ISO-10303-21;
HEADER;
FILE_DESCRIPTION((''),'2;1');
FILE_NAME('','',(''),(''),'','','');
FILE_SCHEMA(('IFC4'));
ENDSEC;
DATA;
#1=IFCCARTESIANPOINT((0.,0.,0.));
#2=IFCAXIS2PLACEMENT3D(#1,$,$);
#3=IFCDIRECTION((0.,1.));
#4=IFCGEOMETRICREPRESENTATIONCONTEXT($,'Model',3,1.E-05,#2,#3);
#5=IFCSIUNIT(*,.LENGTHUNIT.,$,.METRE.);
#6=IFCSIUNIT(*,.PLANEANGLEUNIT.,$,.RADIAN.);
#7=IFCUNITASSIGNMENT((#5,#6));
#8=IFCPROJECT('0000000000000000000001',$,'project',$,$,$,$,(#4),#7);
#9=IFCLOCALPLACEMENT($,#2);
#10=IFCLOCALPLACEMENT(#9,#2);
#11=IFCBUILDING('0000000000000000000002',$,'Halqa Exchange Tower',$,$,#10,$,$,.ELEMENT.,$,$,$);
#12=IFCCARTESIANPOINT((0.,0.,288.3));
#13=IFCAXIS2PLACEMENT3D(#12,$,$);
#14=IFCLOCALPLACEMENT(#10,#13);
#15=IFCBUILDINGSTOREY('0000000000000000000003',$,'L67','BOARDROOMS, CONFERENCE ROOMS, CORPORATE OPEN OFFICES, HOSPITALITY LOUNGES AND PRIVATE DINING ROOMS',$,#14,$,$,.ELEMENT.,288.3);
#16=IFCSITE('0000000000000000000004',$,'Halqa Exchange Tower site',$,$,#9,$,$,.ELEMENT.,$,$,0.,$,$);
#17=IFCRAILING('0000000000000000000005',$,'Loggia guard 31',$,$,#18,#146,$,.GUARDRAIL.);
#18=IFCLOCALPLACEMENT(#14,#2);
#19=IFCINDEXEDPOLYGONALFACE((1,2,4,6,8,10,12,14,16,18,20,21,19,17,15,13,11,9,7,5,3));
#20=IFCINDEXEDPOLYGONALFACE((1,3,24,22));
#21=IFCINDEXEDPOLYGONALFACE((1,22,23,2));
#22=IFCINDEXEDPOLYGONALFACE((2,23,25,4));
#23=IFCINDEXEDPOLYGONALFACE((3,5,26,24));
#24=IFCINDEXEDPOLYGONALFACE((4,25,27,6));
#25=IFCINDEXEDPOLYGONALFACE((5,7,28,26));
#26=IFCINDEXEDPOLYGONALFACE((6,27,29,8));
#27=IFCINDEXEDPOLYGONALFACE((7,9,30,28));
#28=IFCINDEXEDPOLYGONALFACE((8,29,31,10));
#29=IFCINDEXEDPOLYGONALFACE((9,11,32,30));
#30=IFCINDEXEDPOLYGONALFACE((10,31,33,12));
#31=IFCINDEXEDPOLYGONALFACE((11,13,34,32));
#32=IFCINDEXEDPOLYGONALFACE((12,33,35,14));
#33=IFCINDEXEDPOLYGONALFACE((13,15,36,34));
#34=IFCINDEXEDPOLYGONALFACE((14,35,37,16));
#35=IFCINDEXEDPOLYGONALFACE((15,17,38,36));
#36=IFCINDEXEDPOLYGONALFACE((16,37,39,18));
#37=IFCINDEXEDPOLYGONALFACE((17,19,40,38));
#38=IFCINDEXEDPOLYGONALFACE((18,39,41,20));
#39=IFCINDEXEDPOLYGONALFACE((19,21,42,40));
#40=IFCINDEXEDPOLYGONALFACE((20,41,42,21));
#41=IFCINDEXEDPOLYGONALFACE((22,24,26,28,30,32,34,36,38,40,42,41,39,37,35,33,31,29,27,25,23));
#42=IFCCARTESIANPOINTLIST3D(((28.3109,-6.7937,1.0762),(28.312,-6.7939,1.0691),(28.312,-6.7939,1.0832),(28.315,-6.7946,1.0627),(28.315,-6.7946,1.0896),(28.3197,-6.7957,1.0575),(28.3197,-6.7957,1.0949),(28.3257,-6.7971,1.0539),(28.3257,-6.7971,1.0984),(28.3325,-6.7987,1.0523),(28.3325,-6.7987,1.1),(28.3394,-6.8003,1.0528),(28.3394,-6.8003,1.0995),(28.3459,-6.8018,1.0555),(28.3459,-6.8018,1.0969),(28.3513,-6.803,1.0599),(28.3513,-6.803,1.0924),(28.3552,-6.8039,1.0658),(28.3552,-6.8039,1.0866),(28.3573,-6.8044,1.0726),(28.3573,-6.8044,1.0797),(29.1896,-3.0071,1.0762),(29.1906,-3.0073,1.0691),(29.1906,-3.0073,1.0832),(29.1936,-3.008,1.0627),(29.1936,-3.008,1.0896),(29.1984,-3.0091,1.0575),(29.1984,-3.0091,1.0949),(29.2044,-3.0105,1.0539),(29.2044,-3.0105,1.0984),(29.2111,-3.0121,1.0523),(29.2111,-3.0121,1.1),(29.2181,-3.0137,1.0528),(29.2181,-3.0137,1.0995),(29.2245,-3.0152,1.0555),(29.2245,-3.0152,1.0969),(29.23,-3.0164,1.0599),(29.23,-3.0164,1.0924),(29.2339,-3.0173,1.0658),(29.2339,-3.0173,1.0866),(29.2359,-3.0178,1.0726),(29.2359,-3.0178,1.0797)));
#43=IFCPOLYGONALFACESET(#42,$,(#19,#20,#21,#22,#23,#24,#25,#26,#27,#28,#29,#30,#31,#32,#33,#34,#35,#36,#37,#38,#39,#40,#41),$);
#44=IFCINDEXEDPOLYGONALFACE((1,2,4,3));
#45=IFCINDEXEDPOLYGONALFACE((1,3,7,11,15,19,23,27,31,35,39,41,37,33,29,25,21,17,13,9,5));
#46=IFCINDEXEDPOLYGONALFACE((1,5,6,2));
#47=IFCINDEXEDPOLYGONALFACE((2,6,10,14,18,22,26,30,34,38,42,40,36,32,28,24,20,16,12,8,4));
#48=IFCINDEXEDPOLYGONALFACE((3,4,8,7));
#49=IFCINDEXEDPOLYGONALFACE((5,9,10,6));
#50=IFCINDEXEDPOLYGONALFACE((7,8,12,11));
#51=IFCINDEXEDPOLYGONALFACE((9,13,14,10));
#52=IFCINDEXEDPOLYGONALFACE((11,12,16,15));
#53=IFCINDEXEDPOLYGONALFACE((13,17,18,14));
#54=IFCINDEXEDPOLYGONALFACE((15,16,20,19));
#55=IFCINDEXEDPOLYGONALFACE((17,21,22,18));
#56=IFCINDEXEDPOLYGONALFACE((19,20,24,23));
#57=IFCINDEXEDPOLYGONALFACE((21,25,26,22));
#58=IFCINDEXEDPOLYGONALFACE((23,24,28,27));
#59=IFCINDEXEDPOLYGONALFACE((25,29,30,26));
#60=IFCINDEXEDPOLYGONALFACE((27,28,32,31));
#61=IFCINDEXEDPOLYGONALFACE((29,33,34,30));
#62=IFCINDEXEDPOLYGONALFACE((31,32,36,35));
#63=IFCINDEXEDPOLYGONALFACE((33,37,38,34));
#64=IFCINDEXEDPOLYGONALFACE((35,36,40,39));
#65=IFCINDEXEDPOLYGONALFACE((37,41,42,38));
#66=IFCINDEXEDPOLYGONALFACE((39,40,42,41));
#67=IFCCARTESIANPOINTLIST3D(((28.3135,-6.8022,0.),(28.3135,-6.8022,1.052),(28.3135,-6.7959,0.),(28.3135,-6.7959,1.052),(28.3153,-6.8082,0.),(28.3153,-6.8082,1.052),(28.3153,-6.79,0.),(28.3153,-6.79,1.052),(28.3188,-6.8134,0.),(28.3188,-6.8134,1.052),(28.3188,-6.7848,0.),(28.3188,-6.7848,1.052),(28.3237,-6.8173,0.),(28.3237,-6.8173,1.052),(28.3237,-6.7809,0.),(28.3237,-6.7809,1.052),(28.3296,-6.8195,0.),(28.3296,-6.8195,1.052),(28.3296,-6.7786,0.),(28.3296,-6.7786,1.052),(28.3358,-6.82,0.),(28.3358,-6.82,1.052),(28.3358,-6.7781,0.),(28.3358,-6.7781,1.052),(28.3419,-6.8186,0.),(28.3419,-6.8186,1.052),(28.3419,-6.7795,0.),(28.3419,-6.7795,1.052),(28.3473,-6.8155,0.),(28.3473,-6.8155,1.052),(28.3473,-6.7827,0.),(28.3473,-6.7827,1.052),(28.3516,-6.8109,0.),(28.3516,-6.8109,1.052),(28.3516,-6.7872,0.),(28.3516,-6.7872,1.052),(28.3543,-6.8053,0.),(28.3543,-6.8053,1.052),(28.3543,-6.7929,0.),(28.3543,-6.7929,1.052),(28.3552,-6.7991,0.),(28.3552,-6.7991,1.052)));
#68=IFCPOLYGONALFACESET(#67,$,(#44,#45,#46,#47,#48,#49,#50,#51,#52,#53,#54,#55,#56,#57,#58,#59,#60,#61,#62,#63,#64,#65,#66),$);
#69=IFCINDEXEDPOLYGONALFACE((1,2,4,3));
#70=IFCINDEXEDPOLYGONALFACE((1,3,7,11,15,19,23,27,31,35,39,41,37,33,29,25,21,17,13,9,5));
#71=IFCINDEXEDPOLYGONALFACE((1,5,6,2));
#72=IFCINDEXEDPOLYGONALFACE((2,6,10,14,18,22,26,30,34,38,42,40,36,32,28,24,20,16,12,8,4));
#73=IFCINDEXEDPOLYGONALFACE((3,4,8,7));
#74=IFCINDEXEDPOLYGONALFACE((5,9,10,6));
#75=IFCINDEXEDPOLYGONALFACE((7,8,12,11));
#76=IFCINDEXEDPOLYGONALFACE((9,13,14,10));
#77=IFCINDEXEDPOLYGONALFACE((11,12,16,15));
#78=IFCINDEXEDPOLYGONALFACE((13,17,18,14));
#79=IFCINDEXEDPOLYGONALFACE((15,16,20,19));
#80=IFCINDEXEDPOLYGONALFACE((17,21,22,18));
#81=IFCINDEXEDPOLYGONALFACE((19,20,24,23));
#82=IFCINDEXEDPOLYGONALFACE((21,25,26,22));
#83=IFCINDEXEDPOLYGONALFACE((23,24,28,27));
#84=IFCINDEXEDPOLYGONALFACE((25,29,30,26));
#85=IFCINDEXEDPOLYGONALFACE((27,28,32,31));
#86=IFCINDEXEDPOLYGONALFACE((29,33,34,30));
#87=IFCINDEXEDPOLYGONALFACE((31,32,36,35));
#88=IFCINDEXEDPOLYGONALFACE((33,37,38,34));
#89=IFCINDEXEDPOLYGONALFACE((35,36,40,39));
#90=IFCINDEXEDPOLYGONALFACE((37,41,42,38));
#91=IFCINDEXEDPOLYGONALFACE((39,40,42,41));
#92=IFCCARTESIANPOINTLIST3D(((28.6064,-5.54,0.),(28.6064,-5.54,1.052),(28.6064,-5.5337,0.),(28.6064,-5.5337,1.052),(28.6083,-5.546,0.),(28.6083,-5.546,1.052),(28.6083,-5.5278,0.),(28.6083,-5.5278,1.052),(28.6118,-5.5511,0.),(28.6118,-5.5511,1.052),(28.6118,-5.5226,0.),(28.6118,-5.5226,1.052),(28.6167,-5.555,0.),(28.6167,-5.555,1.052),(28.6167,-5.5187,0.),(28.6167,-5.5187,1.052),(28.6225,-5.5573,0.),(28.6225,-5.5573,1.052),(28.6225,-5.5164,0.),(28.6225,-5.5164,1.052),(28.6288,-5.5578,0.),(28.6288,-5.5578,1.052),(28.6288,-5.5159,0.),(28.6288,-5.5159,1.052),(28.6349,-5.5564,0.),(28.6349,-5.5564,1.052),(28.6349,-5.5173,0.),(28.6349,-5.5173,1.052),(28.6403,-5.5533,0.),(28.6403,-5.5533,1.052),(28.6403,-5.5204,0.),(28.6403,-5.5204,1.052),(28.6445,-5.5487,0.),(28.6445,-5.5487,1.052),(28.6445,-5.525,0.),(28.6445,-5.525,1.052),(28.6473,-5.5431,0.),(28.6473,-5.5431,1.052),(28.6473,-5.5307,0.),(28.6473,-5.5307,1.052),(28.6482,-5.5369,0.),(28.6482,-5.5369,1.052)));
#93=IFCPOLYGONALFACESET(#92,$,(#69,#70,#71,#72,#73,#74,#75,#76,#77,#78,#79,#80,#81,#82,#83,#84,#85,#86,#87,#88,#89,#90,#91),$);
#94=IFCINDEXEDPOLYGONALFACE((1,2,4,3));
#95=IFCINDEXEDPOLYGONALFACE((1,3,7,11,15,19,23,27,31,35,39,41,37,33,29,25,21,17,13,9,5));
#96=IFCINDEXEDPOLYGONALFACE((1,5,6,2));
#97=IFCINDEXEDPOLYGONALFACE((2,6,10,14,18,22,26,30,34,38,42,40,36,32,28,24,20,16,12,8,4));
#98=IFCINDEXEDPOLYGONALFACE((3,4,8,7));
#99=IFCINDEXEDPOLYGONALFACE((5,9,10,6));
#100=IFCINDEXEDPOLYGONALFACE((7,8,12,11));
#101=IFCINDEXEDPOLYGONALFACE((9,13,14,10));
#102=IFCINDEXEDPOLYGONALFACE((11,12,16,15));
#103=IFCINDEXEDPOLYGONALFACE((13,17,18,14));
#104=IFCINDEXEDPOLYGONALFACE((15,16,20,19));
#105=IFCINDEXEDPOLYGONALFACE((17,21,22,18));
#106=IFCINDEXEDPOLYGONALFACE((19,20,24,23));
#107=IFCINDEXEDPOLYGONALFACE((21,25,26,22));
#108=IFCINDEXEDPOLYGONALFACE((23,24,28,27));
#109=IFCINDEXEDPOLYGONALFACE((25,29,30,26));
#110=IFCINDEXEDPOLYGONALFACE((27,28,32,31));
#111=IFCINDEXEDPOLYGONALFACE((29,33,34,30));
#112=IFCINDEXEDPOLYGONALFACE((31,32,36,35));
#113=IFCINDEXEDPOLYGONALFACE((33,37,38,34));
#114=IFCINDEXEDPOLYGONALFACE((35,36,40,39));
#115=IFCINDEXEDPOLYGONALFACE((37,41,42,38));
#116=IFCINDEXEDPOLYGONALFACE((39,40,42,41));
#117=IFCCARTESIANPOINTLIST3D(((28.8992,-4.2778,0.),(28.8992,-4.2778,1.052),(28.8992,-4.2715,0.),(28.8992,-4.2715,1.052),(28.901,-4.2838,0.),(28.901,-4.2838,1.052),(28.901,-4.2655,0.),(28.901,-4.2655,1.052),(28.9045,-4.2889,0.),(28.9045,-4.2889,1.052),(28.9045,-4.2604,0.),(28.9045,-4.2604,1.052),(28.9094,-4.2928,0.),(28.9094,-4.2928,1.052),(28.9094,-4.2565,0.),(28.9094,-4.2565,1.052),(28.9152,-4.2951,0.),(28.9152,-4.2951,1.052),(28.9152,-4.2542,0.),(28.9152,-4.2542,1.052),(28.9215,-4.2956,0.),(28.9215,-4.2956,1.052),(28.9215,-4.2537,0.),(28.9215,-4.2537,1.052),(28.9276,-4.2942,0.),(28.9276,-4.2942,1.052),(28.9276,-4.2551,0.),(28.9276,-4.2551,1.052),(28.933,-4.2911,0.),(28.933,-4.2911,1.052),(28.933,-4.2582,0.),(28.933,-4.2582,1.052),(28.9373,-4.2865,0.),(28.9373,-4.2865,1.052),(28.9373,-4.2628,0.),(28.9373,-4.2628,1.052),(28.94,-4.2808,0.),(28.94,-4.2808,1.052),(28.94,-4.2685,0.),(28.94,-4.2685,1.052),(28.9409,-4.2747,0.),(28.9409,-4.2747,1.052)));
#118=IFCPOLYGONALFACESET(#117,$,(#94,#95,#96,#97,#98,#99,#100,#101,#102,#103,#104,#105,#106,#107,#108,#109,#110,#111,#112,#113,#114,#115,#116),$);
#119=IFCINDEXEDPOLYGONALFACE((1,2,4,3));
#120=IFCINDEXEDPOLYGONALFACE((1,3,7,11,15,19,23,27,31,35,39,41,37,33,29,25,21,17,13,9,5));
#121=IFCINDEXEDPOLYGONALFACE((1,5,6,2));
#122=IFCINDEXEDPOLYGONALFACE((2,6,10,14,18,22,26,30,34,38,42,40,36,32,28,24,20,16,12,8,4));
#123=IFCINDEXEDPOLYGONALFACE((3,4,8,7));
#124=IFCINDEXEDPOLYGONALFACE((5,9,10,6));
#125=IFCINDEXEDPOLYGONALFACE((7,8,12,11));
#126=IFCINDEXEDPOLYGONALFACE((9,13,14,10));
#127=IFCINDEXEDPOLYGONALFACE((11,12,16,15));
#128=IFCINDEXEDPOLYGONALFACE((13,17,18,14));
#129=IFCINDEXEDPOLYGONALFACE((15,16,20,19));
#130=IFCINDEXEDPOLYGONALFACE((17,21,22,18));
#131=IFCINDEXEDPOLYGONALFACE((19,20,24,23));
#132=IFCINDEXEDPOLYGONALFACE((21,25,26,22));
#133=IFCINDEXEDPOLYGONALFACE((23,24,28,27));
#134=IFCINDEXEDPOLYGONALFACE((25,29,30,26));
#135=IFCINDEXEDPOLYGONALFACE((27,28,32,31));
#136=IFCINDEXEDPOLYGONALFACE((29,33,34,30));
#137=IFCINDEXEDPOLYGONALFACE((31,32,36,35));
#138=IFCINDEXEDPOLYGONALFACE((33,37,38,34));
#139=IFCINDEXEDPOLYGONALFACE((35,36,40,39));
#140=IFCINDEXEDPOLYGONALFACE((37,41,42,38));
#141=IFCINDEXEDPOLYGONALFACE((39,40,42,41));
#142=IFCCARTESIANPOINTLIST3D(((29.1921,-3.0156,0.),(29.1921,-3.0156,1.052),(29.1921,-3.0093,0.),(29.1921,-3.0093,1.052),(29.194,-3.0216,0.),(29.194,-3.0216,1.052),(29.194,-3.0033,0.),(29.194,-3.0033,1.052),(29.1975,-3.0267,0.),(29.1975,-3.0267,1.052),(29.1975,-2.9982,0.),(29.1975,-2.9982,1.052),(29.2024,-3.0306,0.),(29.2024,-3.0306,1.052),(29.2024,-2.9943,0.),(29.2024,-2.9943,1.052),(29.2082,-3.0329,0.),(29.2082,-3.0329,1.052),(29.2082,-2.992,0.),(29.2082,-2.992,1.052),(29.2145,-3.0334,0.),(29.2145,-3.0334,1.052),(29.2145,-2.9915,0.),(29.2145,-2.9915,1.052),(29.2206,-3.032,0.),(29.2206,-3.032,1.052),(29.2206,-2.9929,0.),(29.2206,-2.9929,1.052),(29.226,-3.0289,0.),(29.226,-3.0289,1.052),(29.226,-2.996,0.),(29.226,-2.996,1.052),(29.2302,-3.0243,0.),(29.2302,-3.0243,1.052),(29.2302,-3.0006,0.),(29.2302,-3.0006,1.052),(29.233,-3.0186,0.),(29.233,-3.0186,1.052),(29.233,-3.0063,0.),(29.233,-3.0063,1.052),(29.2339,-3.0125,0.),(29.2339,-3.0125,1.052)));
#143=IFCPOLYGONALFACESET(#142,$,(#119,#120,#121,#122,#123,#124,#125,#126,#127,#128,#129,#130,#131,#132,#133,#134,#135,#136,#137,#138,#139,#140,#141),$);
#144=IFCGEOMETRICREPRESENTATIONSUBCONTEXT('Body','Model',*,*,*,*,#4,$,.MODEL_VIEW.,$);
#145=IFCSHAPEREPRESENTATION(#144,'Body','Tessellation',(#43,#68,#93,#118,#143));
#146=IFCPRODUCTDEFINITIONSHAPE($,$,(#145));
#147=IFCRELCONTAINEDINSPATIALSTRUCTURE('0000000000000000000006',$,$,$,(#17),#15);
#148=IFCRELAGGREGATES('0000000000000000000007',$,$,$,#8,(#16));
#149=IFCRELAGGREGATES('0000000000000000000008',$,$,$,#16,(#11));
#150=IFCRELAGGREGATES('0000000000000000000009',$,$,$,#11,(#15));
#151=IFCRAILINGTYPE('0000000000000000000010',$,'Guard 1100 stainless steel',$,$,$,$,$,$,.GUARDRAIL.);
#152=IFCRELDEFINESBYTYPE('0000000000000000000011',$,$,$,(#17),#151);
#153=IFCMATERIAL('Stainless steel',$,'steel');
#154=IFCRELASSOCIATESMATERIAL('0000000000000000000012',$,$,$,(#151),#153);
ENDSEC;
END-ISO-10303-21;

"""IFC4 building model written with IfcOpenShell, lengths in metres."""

from ifc_helpers import new_model, si_unit, direction, frame, origin, origin_2d, place, context, subcontext, project, spatial, circle, extrude, material, type_object, element, save


model = new_model("IFC4")

# Units and contexts
model_context = context("Model", 3, precision=1e-05, world=origin(), true_north=direction((0.0, 1.0)))
body_context = subcontext(model_context, "Body", "Model", "MODEL_VIEW")
ifc_project = project(units=[si_unit("LENGTHUNIT", "METRE"), si_unit("PLANEANGLEUNIT", "RADIAN")], contexts=[model_context])

# Site, building, storey
site_placement = place(None, origin())
site = spatial("IfcSite", under=ifc_project, at=site_placement, Name="Halqa Exchange Tower site", CompositionType="ELEMENT", RefElevation=0.0)
building_placement = place(site_placement, origin())
building = spatial("IfcBuilding", under=site, at=building_placement, Name="Halqa Exchange Tower", CompositionType="ELEMENT")
storey_placement = place(building_placement, frame((0.0, 0.0, 288.3)))
storey = spatial("IfcBuildingStorey", under=building, at=storey_placement, Name="L67", Description="BOARDROOMS, CONFERENCE ROOMS, CORPORATE OPEN OFFICES, HOSPITALITY LOUNGES AND PRIVATE DINING ROOMS", CompositionType="ELEMENT", Elevation=288.3)

# Railing
ifc_material_1 = material(Name="Stainless steel", Category="steel")
railing_type = type_object("IfcRailingType", Name="Guard 1100 stainless steel", PredefinedType="GUARDRAIL", material=ifc_material_1)
railing_1_placement = place(storey_placement, frame((28.3342, -6.7991, 0.0)))
element("IfcRailing", 1, at=railing_1_placement, inside=storey, type_object=railing_type, Name="Loggia guard 31", PredefinedType="GUARDRAIL", context=body_context, shape_type="SweptSolid", body=[
    extrude(circle(Radius=0.0239, at=origin_2d()), frame((0.0, 0.0, 1.0762), z_axis=(0.226038, 0.974118, 0.0), x_axis=(-0.974118, 0.226038, 0.0)), (0.0, 0.0, 1.0), 3.8872),
    extrude(circle(Radius=0.021, at=origin_2d()), origin(), (0.0, 0.0, 1.0), 1.052),
    extrude(circle(Radius=0.021, at=origin_2d()), frame((0.293, 1.2622, 0.0)), (0.0, 0.0, 1.0), 1.052),
    extrude(circle(Radius=0.021, at=origin_2d()), frame((0.5857, 2.5244, 0.0)), (0.0, 0.0, 1.0), 1.052),
    extrude(circle(Radius=0.021, at=origin_2d()), frame((0.8787, 3.7866, 0.0)), (0.0, 0.0, 1.0), 1.052),
])

save(model, "model.ifc")
